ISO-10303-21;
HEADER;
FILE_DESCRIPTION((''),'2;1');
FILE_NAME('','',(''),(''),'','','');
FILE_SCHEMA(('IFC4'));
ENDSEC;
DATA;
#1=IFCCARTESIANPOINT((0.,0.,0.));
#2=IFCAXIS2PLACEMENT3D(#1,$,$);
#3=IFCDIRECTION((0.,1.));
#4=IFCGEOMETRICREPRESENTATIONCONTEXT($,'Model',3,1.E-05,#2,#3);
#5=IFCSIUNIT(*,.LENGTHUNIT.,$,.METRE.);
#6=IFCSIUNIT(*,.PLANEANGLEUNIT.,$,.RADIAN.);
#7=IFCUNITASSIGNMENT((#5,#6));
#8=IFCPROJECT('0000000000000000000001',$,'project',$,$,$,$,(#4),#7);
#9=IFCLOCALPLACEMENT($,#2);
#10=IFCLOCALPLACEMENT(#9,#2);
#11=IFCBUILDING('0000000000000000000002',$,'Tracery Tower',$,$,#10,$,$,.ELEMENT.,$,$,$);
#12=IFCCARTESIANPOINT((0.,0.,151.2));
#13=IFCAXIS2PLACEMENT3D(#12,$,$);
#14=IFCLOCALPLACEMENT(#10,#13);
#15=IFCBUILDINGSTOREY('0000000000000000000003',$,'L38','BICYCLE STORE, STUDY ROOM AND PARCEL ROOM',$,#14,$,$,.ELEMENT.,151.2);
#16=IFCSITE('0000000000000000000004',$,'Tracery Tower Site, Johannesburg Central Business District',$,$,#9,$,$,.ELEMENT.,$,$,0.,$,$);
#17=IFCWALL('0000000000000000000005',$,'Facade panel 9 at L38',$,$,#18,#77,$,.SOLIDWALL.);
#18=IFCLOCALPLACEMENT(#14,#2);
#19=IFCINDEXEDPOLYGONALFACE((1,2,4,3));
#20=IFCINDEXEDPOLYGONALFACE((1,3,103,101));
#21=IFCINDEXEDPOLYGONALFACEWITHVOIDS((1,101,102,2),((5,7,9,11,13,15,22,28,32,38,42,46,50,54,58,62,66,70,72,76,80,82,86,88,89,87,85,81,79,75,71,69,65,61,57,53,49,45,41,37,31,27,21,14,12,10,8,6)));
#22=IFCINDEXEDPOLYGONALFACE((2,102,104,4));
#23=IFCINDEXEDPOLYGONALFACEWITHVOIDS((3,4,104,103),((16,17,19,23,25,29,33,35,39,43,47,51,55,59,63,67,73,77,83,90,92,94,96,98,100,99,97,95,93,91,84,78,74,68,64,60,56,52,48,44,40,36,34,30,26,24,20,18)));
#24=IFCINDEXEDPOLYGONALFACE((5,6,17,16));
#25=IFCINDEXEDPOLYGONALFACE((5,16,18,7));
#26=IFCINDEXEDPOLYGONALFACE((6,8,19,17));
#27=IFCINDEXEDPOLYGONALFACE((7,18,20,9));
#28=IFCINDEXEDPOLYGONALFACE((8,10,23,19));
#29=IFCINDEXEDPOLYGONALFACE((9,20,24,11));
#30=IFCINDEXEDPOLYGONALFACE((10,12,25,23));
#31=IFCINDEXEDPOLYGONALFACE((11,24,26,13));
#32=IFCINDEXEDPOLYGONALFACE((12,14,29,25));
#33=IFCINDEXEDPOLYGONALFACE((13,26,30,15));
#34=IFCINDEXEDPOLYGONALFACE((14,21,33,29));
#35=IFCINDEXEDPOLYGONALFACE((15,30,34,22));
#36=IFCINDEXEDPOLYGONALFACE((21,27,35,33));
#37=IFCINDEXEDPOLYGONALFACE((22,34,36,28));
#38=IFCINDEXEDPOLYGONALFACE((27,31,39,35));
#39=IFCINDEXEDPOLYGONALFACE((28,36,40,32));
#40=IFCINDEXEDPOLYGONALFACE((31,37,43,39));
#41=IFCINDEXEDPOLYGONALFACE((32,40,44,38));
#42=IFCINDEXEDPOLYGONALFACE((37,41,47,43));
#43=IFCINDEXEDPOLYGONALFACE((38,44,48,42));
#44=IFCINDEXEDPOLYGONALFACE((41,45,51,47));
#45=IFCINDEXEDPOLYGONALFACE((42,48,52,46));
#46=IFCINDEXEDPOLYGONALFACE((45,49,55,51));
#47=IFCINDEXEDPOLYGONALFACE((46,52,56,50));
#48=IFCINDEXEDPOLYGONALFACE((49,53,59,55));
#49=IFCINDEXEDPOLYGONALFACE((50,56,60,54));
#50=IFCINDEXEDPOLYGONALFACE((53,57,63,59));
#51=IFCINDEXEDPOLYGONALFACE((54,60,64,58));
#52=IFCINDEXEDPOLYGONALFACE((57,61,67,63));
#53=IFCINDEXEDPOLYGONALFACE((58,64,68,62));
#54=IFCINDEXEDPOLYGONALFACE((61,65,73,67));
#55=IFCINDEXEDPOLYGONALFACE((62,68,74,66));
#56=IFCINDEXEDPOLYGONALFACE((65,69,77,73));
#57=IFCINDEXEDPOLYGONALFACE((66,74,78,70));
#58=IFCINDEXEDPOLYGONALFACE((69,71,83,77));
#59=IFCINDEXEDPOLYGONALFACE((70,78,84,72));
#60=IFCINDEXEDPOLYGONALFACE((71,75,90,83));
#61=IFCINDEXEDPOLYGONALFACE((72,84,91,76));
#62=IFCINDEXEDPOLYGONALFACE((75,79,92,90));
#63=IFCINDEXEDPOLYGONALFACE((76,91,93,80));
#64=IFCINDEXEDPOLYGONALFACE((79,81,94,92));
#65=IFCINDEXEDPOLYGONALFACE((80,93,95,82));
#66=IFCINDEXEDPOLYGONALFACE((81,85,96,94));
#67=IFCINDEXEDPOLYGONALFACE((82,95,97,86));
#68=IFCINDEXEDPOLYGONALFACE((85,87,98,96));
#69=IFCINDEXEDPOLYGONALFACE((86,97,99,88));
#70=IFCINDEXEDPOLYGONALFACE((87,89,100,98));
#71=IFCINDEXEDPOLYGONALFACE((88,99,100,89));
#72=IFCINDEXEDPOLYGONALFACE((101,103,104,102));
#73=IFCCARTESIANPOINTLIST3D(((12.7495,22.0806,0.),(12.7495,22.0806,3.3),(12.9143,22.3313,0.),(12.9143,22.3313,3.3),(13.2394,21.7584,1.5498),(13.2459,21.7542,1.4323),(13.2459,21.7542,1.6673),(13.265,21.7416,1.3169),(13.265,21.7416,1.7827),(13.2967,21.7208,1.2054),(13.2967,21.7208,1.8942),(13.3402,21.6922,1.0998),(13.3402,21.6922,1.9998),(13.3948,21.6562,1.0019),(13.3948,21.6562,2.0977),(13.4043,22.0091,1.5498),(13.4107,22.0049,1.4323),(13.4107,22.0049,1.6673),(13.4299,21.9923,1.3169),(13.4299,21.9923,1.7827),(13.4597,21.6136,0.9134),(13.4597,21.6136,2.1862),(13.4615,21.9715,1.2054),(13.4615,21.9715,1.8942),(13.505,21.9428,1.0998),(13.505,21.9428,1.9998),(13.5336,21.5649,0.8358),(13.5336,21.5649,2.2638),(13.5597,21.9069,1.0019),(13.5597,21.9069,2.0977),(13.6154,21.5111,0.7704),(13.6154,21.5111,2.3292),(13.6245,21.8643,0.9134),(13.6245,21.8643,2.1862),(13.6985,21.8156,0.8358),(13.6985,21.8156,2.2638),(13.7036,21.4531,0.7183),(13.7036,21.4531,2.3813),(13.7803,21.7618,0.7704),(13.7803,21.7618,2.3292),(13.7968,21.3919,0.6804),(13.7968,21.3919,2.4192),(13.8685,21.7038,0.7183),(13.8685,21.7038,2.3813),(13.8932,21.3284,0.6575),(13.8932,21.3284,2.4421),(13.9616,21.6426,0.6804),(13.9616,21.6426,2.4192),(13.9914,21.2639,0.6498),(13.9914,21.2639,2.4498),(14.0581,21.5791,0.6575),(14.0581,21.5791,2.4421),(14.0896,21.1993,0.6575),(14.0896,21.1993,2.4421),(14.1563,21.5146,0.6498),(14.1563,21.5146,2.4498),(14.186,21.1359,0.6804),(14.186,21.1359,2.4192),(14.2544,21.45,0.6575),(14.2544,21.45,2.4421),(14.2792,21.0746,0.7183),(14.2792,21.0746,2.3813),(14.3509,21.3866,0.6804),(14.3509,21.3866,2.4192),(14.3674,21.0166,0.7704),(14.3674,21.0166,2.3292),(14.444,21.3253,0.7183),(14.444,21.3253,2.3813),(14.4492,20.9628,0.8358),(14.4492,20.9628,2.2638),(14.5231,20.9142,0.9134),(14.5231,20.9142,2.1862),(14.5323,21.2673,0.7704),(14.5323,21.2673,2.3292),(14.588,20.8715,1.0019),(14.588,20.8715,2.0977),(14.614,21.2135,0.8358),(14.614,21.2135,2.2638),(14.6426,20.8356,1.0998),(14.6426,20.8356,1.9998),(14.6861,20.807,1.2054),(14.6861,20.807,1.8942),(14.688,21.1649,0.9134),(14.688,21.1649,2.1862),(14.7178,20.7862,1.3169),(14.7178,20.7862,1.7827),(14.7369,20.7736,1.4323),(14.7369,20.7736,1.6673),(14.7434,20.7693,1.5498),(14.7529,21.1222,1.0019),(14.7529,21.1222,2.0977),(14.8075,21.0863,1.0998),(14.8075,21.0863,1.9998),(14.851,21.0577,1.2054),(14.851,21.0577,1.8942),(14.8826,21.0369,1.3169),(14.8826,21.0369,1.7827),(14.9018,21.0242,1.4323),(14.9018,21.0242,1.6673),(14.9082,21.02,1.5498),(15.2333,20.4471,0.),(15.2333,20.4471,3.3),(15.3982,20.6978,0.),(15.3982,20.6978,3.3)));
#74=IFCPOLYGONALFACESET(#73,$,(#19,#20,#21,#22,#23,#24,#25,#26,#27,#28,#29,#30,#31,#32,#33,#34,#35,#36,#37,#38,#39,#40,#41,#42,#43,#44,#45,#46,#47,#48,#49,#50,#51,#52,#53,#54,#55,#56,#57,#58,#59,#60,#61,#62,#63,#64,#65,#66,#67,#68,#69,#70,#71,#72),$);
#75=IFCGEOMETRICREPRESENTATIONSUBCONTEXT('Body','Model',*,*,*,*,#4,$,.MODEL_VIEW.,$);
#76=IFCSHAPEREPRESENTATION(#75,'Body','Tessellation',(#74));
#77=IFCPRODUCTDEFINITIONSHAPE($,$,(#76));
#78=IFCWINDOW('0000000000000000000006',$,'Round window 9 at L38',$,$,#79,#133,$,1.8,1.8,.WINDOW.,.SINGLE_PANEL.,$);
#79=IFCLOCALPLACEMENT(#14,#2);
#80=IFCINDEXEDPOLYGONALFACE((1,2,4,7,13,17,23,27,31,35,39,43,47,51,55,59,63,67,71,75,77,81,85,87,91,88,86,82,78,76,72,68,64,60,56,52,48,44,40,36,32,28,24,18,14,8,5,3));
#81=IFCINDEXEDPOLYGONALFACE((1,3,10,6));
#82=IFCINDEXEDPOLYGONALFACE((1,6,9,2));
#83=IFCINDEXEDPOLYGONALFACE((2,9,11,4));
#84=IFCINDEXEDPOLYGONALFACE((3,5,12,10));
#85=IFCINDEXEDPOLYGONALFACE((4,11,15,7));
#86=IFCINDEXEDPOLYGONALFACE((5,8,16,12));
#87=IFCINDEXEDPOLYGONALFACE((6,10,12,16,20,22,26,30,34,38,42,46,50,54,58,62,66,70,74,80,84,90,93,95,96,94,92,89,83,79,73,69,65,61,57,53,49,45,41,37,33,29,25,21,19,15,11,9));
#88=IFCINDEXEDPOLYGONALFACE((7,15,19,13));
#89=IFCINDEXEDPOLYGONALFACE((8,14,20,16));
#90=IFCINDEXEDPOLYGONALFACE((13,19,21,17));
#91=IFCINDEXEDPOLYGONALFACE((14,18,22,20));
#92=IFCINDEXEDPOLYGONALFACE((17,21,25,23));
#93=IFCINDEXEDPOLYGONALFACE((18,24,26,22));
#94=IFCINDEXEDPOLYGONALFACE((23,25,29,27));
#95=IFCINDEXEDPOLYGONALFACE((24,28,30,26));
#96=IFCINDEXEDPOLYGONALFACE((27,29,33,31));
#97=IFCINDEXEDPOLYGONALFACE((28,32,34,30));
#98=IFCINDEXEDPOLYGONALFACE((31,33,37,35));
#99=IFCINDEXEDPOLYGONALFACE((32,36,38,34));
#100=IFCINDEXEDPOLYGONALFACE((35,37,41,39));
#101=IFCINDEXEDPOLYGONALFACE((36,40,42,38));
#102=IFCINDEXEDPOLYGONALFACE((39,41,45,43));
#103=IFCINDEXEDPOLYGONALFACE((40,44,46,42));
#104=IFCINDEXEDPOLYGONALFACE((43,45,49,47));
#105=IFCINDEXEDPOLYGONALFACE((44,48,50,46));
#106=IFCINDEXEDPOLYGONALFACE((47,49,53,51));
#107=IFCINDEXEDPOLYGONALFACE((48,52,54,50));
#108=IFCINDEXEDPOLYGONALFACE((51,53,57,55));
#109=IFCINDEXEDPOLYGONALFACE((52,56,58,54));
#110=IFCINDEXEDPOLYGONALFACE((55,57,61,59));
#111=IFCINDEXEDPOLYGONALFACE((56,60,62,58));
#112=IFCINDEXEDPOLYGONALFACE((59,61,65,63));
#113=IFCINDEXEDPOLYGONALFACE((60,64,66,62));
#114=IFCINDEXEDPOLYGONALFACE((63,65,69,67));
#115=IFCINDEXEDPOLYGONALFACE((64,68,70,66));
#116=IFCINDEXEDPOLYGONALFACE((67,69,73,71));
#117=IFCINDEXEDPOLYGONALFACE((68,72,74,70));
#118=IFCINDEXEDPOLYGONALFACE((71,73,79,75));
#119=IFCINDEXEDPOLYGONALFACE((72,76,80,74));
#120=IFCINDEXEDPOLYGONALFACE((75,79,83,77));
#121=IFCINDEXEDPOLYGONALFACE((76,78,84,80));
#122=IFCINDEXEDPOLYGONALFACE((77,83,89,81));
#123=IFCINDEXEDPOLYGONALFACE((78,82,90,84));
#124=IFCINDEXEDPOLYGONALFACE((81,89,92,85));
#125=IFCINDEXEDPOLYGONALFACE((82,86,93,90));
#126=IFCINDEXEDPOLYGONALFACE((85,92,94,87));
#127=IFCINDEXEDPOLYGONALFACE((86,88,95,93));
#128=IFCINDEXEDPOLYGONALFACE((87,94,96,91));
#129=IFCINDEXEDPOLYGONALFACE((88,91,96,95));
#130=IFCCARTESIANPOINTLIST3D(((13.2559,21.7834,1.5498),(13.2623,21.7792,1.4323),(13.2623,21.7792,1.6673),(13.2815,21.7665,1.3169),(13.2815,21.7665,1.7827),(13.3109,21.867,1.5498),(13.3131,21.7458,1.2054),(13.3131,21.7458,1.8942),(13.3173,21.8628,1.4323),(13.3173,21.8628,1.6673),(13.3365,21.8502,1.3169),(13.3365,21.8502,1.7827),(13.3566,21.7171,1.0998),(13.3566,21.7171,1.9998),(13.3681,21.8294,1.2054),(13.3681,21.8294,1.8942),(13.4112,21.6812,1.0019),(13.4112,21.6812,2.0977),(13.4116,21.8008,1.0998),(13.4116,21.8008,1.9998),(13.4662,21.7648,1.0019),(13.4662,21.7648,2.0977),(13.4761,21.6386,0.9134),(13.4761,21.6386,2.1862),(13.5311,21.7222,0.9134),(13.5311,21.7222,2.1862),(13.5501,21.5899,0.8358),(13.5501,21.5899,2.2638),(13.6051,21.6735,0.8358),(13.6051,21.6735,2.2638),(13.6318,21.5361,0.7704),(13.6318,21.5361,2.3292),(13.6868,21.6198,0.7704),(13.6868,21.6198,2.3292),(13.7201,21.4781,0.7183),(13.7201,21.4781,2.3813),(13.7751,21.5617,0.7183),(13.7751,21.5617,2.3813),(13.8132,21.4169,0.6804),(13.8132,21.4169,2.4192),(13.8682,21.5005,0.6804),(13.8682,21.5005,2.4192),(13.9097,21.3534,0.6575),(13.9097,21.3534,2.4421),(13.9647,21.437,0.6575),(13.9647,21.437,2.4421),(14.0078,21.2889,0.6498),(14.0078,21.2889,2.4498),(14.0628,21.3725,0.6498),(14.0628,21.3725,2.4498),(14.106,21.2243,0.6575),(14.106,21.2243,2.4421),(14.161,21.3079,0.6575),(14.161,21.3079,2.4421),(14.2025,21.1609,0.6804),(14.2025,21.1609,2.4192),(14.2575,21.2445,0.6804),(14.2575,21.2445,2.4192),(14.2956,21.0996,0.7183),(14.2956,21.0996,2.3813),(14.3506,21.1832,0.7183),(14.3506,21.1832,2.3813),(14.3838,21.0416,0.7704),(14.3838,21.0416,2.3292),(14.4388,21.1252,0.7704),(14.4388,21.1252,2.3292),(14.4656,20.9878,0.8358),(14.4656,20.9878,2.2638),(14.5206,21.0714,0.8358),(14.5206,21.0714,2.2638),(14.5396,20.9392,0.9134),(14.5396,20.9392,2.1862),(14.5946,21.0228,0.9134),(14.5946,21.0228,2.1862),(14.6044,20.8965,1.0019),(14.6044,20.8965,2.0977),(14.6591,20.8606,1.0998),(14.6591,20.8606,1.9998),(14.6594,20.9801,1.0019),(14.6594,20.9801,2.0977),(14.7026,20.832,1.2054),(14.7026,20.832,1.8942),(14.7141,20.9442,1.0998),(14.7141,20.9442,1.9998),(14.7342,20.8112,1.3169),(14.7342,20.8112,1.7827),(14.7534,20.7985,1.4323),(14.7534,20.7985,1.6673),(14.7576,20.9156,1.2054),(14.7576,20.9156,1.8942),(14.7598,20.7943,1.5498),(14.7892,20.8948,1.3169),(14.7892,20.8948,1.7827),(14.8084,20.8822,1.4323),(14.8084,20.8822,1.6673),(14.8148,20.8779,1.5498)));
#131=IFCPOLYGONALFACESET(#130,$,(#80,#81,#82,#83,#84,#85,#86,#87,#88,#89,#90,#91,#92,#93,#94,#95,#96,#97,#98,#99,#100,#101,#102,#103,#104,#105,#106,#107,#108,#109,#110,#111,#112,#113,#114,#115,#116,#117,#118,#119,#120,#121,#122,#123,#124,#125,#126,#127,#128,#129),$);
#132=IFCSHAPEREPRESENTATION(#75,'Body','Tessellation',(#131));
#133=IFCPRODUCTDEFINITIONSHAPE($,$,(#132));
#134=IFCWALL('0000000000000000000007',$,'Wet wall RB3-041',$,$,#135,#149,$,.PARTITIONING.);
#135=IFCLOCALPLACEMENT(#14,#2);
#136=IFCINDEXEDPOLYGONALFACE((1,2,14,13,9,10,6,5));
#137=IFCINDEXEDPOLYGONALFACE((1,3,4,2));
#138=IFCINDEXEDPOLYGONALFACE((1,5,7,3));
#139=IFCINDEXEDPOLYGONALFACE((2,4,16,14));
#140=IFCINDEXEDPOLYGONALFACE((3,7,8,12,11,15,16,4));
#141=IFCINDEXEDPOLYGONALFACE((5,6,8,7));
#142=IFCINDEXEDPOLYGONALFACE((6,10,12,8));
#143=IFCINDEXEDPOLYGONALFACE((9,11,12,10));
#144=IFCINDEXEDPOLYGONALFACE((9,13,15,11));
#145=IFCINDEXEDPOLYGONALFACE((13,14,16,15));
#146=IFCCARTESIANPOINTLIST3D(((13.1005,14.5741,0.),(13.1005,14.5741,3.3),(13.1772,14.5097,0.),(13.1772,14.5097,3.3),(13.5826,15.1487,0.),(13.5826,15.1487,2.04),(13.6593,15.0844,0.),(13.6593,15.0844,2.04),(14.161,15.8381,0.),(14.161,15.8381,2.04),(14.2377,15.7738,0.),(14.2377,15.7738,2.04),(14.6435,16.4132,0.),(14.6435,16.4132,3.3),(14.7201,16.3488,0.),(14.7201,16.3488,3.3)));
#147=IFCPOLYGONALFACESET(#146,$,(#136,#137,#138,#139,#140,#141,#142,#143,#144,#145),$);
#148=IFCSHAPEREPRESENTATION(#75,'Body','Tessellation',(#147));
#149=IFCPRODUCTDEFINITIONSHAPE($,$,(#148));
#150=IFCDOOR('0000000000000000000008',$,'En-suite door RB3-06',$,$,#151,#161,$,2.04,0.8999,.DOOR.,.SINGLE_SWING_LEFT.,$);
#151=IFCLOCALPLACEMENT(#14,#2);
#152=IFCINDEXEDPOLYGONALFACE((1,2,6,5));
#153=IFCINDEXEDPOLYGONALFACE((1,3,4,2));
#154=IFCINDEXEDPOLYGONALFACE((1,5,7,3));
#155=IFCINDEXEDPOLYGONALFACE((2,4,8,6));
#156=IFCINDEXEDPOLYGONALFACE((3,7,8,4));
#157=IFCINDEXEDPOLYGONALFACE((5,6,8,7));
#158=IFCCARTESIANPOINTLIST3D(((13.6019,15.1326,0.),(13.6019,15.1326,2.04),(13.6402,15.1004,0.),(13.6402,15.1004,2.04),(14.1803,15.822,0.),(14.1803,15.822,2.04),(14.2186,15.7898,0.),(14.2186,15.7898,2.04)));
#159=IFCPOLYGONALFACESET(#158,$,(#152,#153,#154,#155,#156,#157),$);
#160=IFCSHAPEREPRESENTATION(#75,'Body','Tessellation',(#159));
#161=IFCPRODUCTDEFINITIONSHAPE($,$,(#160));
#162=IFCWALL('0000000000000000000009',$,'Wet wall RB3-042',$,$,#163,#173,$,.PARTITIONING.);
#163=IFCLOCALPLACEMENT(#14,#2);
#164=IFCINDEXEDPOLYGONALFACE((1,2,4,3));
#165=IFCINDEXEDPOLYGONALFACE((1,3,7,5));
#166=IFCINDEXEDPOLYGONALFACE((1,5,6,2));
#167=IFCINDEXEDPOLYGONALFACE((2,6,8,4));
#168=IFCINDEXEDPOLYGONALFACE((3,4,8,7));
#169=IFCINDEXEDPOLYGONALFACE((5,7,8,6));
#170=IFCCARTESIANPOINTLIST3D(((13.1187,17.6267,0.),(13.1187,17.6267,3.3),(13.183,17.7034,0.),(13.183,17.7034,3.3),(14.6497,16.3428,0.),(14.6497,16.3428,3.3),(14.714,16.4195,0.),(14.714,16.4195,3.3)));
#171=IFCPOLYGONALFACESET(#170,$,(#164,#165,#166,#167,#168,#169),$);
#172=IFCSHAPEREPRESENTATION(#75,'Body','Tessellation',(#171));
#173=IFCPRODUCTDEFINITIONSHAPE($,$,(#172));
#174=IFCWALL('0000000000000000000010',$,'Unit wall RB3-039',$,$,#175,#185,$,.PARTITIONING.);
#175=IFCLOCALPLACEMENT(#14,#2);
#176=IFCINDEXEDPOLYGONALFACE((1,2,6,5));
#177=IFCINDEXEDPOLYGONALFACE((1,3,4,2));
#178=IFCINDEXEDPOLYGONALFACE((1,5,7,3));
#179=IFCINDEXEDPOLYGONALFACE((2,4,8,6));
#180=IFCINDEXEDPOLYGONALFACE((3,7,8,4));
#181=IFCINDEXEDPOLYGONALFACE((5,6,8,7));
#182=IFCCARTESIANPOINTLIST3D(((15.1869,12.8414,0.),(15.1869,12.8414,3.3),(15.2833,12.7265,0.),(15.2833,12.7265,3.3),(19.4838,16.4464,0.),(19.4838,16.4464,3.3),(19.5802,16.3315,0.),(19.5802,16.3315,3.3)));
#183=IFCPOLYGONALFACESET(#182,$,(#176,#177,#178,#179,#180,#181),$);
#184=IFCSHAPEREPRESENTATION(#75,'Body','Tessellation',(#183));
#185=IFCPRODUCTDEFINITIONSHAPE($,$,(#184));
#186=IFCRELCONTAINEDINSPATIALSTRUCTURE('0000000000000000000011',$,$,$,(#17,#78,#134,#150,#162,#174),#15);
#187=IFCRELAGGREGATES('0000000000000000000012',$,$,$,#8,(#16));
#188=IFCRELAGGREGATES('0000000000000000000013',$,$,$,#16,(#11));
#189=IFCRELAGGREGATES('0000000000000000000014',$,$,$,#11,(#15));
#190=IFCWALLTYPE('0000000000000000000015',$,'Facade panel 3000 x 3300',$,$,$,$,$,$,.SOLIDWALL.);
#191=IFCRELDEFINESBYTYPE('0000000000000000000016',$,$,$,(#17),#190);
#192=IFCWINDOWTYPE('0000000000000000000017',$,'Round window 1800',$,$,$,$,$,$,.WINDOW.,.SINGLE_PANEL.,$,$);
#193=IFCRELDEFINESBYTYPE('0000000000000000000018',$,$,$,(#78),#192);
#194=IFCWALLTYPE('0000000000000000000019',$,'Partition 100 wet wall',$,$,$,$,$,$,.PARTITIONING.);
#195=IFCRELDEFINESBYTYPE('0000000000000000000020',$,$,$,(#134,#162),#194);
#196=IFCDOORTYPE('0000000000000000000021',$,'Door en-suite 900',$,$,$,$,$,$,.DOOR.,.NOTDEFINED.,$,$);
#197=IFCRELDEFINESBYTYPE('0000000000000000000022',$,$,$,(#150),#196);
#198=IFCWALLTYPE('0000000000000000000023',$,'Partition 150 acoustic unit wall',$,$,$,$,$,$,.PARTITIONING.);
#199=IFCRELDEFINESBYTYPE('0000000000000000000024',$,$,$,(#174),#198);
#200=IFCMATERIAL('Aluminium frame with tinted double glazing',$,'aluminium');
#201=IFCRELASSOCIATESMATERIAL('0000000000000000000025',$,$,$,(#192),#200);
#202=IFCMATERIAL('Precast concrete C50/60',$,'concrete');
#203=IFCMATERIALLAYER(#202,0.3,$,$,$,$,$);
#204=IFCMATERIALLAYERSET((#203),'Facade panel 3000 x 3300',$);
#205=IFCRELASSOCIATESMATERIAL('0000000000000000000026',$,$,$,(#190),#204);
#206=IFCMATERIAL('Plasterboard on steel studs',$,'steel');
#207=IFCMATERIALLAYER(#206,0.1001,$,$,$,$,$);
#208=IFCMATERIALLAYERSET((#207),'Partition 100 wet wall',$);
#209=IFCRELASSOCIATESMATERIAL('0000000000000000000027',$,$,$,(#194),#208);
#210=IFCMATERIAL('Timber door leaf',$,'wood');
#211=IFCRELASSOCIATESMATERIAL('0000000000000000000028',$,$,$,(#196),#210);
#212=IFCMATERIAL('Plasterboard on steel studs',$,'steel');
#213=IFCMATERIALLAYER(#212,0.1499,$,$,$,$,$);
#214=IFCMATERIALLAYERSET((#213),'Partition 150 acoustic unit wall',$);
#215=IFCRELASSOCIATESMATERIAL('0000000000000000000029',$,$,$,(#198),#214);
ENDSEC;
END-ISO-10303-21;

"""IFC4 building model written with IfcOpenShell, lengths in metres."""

from ifc_helpers import new_model, si_unit, direction, frame, frame_2d, origin, origin_2d, place, context, subcontext, project, spatial, rectangle, circle, extrude, material, layer, layer_set, type_object, element, fill, save


model = new_model("IFC4")

# Units and contexts
model_context = context("Model", 3, precision=1e-05, world=origin(), true_north=direction((0.0, 1.0)))
body_context = subcontext(model_context, "Body", "Model", "MODEL_VIEW")
ifc_project = project(units=[si_unit("LENGTHUNIT", "METRE"), si_unit("PLANEANGLEUNIT", "RADIAN")], contexts=[model_context])

# Site, building, storey
site_placement = place(None, origin())
site = spatial("IfcSite", under=ifc_project, at=site_placement, Name="Tracery Tower Site, Johannesburg Central Business District", CompositionType="ELEMENT", RefElevation=0.0)
building_placement = place(site_placement, origin())
building = spatial("IfcBuilding", under=site, at=building_placement, Name="Tracery Tower", CompositionType="ELEMENT")
storey_placement = place(building_placement, frame((0.0, 0.0, 151.2)))
storey = spatial("IfcBuildingStorey", under=building, at=storey_placement, Name="L38", Description="BICYCLE STORE, STUDY ROOM AND PARCEL ROOM", CompositionType="ELEMENT", Elevation=151.2)

# Wall, opening, window
ifc_material_1 = material(Name="Aluminium frame with tinted double glazing", Category="aluminium")
window_type = type_object("IfcWindowType", Name="Round window 1800", PartitioningType="SINGLE_PANEL", PredefinedType="WINDOW", material=ifc_material_1)
ifc_material_2 = material(Name="Precast concrete C50/60", Category="concrete")
ifc_layer_1 = layer(ifc_material_2, 0.3)
ifc_layer_set_1 = layer_set([ifc_layer_1], Name="Facade panel 3000 x 3300")
wall_type_1 = type_object("IfcWallType", Name="Facade panel 3000 x 3300", PredefinedType="SOLIDWALL", material=ifc_layer_set_1)
wall_1_placement = place(storey_placement, frame((15.3157, 20.5725, 0.0), z_axis=(0.0, 0.0, 1.0), x_axis=(-0.835508, 0.549478, 0.0)))
wall_1 = element("IfcWall", 1, at=wall_1_placement, inside=storey, type_object=wall_type_1, Name="Facade panel 9 at L38", PredefinedType="SOLIDWALL", context=body_context, shape_type="SweptSolid", body=[
    extrude(rectangle(XDim=2.9729, YDim=0.3, at=frame_2d((1.4863, 0.0))), origin(), (0.0, 0.0, 1.0), 3.3),
])
opening_1_placement = place(wall_1_placement, frame((1.4863, 0.0, 1.5498)))
opening_1 = element("IfcOpeningElement", 2, at=opening_1_placement, cuts=wall_1, PredefinedType="OPENING", context=body_context, shape_type="SweptSolid", body=[
    extrude(circle(Radius=0.9, at=origin_2d()), frame((0.0, 0.1599, 0.0), z_axis=(0.0, -1.0, 0.0), x_axis=(1.0, 0.0, 0.0)), (0.0, 0.0, 1.0), 0.3201),
])
window_1_placement = place(opening_1_placement, origin())
window_1 = element("IfcWindow", 3, at=window_1_placement, inside=storey, type_object=window_type, Name="Round window 9 at L38", OverallHeight=1.8, OverallWidth=1.8, PartitioningType="SINGLE_PANEL", PredefinedType="WINDOW", context=body_context, shape_type="SweptSolid", body=[
    extrude(circle(Radius=0.9, at=origin_2d()), frame((0.0, 0.1201, 0.0), z_axis=(0.0, -1.0, 0.0), x_axis=(1.0, 0.0, 0.0)), (0.0, 0.0, 1.0), 0.1001),
])
fill(opening_1, window_1)

# Wall, opening, door
ifc_material_3 = material(Name="Plasterboard on steel studs", Category="steel")
ifc_layer_2 = layer(ifc_material_3, 0.1001)
ifc_layer_set_2 = layer_set([ifc_layer_2], Name="Partition 100 wet wall")
wall_type_2 = type_object("IfcWallType", Name="Partition 100 wet wall", PredefinedType="PARTITIONING", material=ifc_layer_set_2)
wall_2_placement = place(storey_placement, frame((13.1389, 14.542, 0.0), z_axis=(0.0, 0.0, 1.0), x_axis=(0.642732, 0.766091, 0.0)))
wall_2 = element("IfcWall", 4, at=wall_2_placement, inside=storey, type_object=wall_type_2, Name="Wet wall RB3-041", PredefinedType="PARTITIONING", context=body_context, shape_type="SweptSolid", body=[
    extrude(rectangle(XDim=2.4006, YDim=0.1001, at=frame_2d((1.2002, 0.0))), origin(), (0.0, 0.0, 1.0), 3.3),
])
opening_2_placement = place(wall_2_placement, frame((0.75, 0.0, 0.0)))
opening_2 = element("IfcOpeningElement", 5, at=opening_2_placement, cuts=wall_2, PredefinedType="OPENING", context=body_context, shape_type="SweptSolid", body=[
    extrude(rectangle(XDim=0.8999, YDim=2.04, at=frame_2d((0.45, 1.02))), frame((0.0, 0.05, 0.0), z_axis=(0.0, -1.0, 0.0), x_axis=(1.0, 0.0, 0.0)), (0.0, 0.0, 1.0), 0.1001),
])
ifc_material_4 = material(Name="Timber door leaf", Category="wood")
door_type_1 = type_object("IfcDoorType", Name="Door en-suite 900", OperationType="NOTDEFINED", PredefinedType="DOOR", material=ifc_material_4)
door_1_placement = place(opening_2_placement, origin())
door_1 = element("IfcDoor", 6, at=door_1_placement, inside=storey, type_object=door_type_1, Name="En-suite door RB3-06", OperationType="SINGLE_SWING_LEFT", OverallHeight=2.04, OverallWidth=0.8999, PredefinedType="DOOR", context=body_context, shape_type="SweptSolid", body=[
    extrude(rectangle(XDim=0.8999, YDim=2.04, at=frame_2d((0.45, 1.02))), frame((0.0, 0.0249, 0.0), z_axis=(0.0, -1.0, 0.0), x_axis=(1.0, 0.0, 0.0)), (0.0, 0.0, 1.0), 0.05),
])
fill(opening_2, door_1)

# Walls
wall_3_placement = place(storey_placement, frame((13.1509, 17.665, 0.0), z_axis=(0.0, 0.0, 1.0), x_axis=(0.766225, -0.642573, 0.0)))
element("IfcWall", 7, at=wall_3_placement, inside=storey, type_object=wall_type_2, Name="Wet wall RB3-042", PredefinedType="PARTITIONING", context=body_context, shape_type="SweptSolid", body=[
    extrude(rectangle(XDim=1.998, YDim=0.1001, at=frame_2d((0.999, 0.0))), origin(), (0.0, 0.0, 1.0), 3.3),
])
ifc_material_5 = material(Name="Plasterboard on steel studs", Category="steel")
ifc_layer_3 = layer(ifc_material_5, 0.1499)
ifc_layer_set_3 = layer_set([ifc_layer_3], Name="Partition 150 acoustic unit wall")
wall_type_3 = type_object("IfcWallType", Name="Partition 150 acoustic unit wall", PredefinedType="PARTITIONING", material=ifc_layer_set_3)
wall_4_placement = place(storey_placement, frame((15.2351, 12.7839, 0.0), z_axis=(0.0, 0.0, 1.0), x_axis=(0.766091, 0.642733, 0.0)))
element("IfcWall", 8, at=wall_4_placement, inside=storey, type_object=wall_type_3, Name="Unit wall RB3-039", PredefinedType="PARTITIONING", context=body_context, shape_type="SweptSolid", body=[
    extrude(rectangle(XDim=5.6089, YDim=0.1499, at=frame_2d((2.8044, 0.0))), origin(), (0.0, 0.0, 1.0), 3.3),
])

save(model, "model.ifc")
